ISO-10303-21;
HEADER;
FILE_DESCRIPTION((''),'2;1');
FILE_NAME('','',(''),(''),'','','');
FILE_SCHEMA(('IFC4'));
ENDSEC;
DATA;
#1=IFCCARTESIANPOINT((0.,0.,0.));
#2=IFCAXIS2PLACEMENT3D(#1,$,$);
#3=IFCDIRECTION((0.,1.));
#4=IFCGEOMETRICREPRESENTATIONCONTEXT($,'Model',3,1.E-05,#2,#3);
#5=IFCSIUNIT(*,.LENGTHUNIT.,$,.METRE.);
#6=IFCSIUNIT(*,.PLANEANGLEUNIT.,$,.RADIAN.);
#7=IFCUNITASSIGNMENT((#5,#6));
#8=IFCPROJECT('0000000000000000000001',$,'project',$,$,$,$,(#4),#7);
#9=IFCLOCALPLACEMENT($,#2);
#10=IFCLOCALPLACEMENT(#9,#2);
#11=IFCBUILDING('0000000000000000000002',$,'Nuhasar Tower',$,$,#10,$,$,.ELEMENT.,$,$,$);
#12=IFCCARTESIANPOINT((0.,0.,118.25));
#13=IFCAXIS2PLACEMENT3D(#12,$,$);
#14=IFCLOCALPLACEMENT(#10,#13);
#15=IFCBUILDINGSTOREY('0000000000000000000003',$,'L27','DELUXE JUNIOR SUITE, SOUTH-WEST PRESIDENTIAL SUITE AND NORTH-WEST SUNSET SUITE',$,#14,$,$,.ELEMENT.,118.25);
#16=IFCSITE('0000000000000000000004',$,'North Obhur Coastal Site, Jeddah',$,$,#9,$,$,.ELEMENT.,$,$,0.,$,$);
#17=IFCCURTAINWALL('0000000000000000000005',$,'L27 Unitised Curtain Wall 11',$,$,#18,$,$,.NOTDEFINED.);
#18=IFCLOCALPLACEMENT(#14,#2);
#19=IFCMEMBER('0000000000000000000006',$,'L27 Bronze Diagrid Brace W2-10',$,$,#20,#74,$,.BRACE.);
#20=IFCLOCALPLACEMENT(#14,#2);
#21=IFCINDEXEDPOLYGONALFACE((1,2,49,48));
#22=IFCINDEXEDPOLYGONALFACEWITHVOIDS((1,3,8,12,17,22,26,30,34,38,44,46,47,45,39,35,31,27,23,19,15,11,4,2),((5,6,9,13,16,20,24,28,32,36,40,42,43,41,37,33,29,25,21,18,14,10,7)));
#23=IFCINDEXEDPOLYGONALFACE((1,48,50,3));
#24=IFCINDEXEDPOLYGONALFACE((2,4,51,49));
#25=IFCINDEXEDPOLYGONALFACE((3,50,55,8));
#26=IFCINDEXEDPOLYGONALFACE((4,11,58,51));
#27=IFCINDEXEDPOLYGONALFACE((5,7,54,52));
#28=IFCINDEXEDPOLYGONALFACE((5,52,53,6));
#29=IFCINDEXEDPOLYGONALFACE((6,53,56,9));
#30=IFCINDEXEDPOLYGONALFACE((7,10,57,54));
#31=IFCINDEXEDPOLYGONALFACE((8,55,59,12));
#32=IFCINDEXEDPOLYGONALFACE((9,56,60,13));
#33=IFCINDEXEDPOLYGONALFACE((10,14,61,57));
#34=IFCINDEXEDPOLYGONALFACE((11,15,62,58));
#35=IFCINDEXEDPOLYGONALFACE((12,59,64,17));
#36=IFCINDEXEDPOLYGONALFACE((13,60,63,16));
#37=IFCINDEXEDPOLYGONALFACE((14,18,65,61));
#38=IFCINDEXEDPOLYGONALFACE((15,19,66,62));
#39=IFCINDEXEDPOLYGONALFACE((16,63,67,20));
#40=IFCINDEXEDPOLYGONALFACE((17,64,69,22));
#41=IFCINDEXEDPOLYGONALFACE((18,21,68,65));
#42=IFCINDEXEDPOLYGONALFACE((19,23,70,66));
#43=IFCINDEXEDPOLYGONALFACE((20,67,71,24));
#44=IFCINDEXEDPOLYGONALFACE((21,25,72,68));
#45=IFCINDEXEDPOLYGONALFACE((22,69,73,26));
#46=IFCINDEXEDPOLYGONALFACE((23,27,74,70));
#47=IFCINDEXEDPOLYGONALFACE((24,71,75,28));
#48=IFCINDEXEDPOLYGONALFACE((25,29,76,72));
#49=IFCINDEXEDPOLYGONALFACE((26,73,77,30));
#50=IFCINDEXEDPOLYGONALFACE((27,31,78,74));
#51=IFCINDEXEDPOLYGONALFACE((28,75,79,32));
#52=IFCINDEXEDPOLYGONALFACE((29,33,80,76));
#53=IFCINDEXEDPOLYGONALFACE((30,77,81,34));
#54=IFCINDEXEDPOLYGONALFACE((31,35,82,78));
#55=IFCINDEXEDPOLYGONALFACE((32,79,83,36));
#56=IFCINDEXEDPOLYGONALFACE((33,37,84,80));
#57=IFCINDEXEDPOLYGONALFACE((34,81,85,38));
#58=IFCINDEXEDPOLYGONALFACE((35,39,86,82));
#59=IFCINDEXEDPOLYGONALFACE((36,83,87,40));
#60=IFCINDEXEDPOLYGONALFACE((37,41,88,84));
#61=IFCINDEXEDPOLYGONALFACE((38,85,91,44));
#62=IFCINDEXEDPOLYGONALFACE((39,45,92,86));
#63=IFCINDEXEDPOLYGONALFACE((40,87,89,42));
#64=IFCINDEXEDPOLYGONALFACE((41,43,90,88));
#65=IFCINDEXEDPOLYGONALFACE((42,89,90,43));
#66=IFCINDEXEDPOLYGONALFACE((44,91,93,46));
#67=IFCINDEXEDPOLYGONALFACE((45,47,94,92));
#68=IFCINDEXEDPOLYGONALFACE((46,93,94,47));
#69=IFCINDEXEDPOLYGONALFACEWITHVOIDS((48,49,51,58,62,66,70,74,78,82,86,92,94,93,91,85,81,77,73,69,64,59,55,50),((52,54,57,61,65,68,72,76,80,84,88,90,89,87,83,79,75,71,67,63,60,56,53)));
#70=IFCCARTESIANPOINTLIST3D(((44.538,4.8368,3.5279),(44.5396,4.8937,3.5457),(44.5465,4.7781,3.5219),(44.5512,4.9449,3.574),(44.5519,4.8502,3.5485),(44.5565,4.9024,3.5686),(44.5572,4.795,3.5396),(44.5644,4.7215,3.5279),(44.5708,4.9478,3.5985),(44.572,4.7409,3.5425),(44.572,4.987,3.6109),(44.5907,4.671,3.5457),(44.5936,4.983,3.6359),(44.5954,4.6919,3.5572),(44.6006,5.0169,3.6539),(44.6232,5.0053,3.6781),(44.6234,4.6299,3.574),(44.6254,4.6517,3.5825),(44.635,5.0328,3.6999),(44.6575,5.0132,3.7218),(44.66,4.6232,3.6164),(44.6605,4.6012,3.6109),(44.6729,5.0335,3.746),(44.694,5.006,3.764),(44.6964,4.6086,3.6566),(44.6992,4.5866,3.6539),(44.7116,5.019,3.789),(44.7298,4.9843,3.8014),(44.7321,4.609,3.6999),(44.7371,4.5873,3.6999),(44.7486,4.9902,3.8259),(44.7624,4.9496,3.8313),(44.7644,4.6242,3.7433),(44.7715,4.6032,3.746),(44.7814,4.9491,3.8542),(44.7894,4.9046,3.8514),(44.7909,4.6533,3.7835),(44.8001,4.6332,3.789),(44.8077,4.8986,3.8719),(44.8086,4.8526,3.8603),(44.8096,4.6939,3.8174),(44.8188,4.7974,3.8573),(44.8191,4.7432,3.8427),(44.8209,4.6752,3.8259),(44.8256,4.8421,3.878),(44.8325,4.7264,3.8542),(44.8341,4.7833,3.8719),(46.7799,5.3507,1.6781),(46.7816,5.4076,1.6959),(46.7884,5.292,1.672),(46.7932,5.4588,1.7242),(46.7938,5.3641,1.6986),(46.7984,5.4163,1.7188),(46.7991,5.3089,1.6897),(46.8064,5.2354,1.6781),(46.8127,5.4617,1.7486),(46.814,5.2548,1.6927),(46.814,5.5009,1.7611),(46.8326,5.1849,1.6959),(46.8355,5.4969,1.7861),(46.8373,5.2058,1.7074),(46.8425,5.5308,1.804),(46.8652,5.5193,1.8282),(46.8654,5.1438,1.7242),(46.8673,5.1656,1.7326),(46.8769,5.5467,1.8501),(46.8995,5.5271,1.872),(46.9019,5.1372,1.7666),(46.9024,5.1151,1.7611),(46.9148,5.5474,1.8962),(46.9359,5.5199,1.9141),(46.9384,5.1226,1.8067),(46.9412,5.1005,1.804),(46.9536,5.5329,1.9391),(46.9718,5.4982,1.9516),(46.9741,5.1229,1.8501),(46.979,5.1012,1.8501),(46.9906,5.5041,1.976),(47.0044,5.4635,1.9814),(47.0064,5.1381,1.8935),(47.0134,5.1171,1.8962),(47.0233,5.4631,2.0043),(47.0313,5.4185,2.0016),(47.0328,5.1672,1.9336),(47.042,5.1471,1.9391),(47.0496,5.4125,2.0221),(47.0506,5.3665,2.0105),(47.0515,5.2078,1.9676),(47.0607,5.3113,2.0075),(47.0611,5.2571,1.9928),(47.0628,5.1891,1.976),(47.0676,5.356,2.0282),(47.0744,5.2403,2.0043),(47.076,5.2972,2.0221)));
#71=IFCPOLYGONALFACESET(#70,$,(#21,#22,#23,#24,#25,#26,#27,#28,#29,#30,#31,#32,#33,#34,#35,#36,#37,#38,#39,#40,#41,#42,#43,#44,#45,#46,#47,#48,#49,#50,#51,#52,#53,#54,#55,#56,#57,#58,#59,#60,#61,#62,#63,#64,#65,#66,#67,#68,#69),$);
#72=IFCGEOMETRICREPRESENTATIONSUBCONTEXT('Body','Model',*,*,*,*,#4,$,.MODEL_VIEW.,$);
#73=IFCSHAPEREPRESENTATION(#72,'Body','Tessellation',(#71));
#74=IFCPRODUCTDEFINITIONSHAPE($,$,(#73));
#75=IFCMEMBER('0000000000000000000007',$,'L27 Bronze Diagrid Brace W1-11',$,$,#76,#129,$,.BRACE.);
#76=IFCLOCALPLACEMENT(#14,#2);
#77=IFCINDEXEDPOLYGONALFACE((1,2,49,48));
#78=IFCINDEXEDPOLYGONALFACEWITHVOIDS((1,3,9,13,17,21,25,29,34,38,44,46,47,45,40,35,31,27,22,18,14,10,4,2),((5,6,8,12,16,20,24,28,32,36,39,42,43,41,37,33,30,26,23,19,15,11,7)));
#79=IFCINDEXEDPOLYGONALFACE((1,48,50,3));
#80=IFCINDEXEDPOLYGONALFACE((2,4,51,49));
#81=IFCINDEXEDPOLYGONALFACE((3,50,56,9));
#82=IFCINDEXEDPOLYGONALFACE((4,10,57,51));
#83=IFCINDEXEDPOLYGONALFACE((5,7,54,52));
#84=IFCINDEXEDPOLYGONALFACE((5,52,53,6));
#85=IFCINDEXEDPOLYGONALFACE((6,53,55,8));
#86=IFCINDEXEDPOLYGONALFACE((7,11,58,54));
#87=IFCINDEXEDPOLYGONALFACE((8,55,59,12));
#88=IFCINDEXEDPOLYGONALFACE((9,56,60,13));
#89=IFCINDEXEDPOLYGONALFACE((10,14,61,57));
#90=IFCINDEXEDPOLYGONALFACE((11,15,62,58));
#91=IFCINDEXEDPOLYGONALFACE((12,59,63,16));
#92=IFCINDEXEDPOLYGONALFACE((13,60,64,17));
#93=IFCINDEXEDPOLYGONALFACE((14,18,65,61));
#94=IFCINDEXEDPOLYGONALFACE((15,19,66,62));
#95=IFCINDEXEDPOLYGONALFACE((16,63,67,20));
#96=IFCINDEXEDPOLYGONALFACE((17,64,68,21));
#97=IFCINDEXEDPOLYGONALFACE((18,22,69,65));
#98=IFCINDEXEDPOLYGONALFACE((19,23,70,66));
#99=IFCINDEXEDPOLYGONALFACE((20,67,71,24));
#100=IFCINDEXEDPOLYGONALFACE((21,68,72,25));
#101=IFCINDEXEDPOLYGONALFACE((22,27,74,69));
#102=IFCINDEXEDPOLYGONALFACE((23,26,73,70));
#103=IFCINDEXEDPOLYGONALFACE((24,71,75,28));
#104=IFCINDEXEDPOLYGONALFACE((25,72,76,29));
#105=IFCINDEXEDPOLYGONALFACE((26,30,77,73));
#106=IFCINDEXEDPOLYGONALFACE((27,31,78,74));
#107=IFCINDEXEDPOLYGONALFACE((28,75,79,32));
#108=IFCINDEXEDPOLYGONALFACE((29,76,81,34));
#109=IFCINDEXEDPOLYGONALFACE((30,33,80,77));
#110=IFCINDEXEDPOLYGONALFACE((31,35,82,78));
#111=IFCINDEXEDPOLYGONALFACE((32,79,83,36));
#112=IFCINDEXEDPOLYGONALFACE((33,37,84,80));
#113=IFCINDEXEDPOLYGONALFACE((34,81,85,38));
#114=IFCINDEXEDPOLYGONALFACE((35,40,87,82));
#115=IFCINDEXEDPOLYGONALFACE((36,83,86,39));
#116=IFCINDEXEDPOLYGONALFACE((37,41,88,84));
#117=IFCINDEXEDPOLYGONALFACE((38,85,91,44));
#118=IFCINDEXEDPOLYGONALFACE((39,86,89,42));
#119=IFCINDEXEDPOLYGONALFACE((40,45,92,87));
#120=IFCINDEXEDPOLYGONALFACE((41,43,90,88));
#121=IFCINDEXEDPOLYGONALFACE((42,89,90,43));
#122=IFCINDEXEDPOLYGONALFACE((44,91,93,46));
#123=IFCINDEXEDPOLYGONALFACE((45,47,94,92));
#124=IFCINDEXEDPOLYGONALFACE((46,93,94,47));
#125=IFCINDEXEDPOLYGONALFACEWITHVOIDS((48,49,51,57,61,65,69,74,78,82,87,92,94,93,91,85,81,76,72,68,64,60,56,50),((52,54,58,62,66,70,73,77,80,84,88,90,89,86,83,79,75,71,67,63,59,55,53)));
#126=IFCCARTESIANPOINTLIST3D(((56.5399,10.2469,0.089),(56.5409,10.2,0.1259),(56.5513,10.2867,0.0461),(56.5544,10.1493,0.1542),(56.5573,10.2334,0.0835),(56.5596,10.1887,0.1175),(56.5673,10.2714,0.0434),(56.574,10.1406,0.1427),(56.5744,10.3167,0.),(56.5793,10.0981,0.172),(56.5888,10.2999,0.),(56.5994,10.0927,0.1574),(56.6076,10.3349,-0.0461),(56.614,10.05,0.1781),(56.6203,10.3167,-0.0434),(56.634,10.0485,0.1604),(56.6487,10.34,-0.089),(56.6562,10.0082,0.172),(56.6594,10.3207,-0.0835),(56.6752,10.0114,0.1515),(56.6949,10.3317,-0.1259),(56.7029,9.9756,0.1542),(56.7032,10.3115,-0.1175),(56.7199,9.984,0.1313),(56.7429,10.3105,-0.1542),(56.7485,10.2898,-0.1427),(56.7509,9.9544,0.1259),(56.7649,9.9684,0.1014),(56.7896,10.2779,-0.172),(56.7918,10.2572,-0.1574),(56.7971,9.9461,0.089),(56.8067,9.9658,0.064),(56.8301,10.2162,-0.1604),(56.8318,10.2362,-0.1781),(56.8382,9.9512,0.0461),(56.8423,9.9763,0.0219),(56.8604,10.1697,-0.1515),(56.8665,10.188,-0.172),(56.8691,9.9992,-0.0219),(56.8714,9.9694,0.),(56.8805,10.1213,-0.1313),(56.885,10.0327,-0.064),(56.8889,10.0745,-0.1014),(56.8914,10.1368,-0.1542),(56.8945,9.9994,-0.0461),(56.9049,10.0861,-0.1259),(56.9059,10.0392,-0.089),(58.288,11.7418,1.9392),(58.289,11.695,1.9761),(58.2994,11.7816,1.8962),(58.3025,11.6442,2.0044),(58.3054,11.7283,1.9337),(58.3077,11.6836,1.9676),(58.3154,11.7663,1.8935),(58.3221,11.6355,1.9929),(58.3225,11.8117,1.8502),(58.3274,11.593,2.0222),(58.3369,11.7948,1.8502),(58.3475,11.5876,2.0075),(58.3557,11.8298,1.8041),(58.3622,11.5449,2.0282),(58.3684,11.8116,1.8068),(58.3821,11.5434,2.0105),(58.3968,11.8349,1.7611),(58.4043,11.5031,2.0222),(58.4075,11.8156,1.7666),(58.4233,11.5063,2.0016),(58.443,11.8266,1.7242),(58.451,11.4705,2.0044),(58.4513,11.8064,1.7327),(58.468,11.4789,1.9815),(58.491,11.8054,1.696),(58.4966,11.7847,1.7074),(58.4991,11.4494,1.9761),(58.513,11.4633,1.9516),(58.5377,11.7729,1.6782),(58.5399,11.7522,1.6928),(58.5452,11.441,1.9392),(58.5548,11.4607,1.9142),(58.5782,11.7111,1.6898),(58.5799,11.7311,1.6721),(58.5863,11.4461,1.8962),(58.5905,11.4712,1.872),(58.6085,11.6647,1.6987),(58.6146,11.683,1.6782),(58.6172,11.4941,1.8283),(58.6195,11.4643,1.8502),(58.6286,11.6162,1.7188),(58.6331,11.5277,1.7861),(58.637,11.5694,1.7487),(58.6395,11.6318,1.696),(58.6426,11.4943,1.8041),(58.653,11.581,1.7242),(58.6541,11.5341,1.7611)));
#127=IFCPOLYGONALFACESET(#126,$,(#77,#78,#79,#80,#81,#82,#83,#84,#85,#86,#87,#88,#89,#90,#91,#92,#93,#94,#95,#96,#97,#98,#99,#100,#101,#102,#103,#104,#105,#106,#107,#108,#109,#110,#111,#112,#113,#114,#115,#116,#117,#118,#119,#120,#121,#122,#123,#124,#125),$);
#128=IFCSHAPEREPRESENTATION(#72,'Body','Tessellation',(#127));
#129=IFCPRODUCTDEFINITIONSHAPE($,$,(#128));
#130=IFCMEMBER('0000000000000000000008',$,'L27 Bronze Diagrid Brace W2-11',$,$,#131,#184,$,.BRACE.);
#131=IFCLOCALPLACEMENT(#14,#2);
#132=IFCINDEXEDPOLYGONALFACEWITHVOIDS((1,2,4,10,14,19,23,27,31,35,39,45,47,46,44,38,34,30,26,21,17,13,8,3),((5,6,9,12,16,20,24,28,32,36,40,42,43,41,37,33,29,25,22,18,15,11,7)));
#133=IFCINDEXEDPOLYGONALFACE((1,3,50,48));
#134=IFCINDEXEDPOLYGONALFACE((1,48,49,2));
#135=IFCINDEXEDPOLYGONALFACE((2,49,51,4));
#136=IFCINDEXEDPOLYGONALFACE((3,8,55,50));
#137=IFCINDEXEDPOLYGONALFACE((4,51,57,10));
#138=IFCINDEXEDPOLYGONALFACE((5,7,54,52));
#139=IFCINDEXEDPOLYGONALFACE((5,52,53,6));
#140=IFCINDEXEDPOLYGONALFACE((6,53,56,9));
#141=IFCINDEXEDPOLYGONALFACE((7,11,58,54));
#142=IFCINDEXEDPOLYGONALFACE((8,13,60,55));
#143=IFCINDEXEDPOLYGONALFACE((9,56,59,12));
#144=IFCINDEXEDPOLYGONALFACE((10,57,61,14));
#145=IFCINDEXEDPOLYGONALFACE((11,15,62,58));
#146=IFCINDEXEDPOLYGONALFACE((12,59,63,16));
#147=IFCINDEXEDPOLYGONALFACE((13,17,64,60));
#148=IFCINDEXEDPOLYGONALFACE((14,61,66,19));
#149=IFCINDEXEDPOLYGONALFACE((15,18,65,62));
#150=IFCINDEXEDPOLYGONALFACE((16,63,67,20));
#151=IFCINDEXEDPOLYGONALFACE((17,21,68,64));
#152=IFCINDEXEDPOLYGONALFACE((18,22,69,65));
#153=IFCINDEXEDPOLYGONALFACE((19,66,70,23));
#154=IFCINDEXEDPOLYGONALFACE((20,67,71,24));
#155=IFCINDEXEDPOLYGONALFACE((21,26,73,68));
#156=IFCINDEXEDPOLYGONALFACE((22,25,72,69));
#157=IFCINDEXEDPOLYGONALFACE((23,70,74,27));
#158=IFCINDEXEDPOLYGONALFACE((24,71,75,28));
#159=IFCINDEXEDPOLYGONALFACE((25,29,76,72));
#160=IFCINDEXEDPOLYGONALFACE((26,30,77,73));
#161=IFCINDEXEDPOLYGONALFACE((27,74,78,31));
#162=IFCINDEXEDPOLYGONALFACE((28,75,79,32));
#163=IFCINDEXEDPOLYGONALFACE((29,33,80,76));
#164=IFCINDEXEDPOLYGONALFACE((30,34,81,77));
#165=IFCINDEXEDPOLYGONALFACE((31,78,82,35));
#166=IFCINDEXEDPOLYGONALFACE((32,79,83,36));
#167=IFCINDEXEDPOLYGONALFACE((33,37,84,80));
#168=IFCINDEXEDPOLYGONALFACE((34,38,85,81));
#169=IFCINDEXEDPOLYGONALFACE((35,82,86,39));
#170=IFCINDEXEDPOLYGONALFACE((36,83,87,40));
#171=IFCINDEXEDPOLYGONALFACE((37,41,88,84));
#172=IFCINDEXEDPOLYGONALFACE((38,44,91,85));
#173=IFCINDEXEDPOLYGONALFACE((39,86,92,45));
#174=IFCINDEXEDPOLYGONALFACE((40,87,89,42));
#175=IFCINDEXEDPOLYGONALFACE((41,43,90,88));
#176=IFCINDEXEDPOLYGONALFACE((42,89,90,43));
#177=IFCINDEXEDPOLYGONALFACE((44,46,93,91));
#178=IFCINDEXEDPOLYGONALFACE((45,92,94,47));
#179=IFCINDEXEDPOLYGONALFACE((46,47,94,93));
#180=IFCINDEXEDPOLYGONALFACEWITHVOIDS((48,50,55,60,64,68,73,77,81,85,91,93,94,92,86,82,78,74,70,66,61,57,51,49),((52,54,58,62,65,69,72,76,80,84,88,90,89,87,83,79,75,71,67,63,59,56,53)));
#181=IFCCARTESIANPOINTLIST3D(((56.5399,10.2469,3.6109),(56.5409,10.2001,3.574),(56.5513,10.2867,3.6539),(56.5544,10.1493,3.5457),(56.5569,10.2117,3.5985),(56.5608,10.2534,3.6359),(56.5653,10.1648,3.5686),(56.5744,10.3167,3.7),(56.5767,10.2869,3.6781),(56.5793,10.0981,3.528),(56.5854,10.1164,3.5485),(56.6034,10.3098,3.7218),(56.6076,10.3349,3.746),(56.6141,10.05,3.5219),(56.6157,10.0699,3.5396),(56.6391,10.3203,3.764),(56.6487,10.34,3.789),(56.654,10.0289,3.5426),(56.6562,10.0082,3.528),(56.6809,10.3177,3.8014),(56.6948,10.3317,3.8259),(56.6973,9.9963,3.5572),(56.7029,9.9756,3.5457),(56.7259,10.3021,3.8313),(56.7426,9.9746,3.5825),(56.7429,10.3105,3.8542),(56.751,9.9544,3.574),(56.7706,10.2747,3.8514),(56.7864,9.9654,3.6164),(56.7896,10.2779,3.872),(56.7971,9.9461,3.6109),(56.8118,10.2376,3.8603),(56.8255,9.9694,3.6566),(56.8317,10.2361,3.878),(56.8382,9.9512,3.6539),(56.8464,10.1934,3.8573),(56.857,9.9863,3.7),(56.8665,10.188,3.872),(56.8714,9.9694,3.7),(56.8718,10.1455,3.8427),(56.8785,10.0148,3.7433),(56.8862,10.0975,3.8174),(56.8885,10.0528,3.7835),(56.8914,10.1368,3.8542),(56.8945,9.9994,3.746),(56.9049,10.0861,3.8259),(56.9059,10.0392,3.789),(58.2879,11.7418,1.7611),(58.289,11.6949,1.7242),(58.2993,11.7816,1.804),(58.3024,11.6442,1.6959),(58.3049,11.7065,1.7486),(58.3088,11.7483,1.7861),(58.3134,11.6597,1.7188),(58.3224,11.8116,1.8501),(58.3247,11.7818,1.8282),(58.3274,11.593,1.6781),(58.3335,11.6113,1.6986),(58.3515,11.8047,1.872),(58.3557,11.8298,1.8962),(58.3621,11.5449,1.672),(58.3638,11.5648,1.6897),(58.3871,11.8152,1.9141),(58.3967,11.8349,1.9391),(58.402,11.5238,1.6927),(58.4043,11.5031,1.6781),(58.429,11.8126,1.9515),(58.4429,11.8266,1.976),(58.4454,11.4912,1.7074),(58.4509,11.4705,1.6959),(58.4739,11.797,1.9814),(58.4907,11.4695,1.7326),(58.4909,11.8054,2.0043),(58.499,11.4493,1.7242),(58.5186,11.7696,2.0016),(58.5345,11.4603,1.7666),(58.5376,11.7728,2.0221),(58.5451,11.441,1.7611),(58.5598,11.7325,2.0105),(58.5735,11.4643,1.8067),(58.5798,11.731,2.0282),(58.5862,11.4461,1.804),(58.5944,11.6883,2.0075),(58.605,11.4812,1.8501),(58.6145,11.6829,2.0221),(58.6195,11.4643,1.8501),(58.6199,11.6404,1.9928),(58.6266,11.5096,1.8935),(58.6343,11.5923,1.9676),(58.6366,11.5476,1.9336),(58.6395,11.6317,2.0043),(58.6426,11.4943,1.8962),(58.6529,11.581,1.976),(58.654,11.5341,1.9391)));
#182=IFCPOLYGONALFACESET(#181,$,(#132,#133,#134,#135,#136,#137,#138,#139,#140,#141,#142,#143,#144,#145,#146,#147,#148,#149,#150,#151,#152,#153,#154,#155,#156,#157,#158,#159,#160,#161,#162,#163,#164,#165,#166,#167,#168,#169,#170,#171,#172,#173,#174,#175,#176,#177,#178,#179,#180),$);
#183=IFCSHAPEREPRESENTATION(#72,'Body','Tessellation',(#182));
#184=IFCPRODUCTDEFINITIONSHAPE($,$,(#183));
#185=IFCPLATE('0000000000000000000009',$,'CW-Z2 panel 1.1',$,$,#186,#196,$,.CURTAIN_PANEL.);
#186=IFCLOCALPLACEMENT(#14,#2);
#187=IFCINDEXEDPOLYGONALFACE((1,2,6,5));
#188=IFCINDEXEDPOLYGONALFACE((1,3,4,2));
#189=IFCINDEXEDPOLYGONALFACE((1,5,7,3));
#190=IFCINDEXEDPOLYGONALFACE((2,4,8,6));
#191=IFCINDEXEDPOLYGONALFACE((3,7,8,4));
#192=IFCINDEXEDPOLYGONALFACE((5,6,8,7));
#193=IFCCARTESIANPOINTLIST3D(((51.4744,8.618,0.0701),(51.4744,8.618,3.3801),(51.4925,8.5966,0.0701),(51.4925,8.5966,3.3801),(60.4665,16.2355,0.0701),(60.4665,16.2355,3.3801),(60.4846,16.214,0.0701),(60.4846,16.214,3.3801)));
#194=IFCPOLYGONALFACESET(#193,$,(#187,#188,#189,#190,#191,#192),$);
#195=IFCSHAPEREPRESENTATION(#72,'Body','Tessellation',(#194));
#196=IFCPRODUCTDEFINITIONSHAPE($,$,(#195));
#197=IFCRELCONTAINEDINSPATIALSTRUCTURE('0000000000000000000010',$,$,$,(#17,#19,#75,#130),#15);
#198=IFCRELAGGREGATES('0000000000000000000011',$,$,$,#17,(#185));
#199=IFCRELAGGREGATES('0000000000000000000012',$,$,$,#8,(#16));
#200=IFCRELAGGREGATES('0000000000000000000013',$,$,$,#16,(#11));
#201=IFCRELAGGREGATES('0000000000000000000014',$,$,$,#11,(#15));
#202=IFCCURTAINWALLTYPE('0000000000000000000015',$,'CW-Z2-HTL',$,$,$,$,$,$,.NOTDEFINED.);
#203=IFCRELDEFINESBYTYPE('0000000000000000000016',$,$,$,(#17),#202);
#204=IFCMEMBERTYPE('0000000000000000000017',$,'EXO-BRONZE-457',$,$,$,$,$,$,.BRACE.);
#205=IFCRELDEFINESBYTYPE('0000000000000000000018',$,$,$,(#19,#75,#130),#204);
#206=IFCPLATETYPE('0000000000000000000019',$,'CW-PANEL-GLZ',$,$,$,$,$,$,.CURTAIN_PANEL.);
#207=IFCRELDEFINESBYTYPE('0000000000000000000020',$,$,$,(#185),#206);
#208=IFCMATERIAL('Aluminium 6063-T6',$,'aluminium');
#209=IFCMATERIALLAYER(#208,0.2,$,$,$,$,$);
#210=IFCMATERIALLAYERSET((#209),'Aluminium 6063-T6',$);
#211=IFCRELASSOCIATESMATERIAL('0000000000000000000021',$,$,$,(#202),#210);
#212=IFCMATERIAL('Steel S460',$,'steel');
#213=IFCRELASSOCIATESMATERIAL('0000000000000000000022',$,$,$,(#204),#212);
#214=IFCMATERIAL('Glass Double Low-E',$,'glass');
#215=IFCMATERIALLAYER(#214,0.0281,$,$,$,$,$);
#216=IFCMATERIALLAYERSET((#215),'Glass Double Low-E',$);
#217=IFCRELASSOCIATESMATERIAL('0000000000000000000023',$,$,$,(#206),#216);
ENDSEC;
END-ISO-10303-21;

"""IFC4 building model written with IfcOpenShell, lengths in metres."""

from ifc_helpers import new_model, si_unit, direction, frame, origin, origin_2d, place, context, subcontext, project, spatial, rectangle, hollow_circle, extrude, material, layer, layer_set, material_profile, profile_set, type_object, element, aggregate, save


model = new_model("IFC4")

# Units and contexts
model_context = context("Model", 3, precision=1e-05, world=origin(), true_north=direction((0.0, 1.0)))
body_context = subcontext(model_context, "Body", "Model", "MODEL_VIEW")
ifc_project = project(units=[si_unit("LENGTHUNIT", "METRE"), si_unit("PLANEANGLEUNIT", "RADIAN")], contexts=[model_context])

# Site, building, storey
site_placement = place(None, origin())
site = spatial("IfcSite", under=ifc_project, at=site_placement, Name="North Obhur Coastal Site, Jeddah", CompositionType="ELEMENT", RefElevation=0.0)
building_placement = place(site_placement, origin())
building = spatial("IfcBuilding", under=site, at=building_placement, Name="Nuhasar Tower", CompositionType="ELEMENT")
storey_placement = place(building_placement, frame((0.0, 0.0, 118.25)))
storey = spatial("IfcBuildingStorey", under=building, at=storey_placement, Name="L27", Description="DELUXE JUNIOR SUITE, SOUTH-WEST PRESIDENTIAL SUITE AND NORTH-WEST SUNSET SUITE", CompositionType="ELEMENT", Elevation=118.25)

# Shared definitions
ifc_material_1 = material(Name="Aluminium 6063-T6", Category="aluminium")
ifc_layer_1 = layer(ifc_material_1, 0.2)
ifc_layer_set_1 = layer_set([ifc_layer_1], Name="Aluminium 6063-T6")
curtain_wall_type = type_object("IfcCurtainWallType", Name="CW-Z2-HTL", PredefinedType="NOTDEFINED", material=ifc_layer_set_1)

# Curtain wall
curtain_wall_1_placement = place(storey_placement, origin())
curtain_wall_1 = element("IfcCurtainWall", 1, at=curtain_wall_1_placement, inside=storey, type_object=curtain_wall_type, Name="L27 Unitised Curtain Wall 11", PredefinedType="NOTDEFINED")

# Members
ifc_material_2 = material(Name="Steel S460", Category="steel")
ifc_material_profile_1 = material_profile(ifc_material_2, hollow_circle(Radius=0.2285, WallThickness=0.0222, at=origin_2d()), Name="HSS457X22.2")
ifc_profile_set_1 = profile_set([ifc_material_profile_1], Name="Steel S460")
member_type_1 = type_object("IfcMemberType", Name="EXO-BRONZE-457", PredefinedType="BRACE", material=ifc_profile_set_1)
member_1_placement = place(storey_placement, frame((46.928, 5.324, 1.8501), z_axis=(-0.75955, -0.17411, 0.626713), x_axis=(0.223433, -0.974719, 0.0)))
element("IfcMember", 2, at=member_1_placement, inside=storey, type_object=member_type_1, Name="L27 Bronze Diagrid Brace W2-10", PredefinedType="BRACE", context=body_context, shape_type="SweptSolid", body=[
    extrude(hollow_circle(Radius=0.2285, WallThickness=0.0222, at=origin_2d()), origin(), (0.0, 0.0, 1.0), 2.9517),
])
member_2_placement = place(storey_placement, frame((56.7229, 10.1431, 0.0), z_axis=(0.592195, 0.506426, 0.626767), x_axis=(-0.649926, 0.759998, 0.0)))
element("IfcMember", 3, at=member_2_placement, inside=storey, type_object=member_type_1, Name="L27 Bronze Diagrid Brace W1-11", PredefinedType="BRACE", context=body_context, shape_type="SweptSolid", body=[
    extrude(hollow_circle(Radius=0.2285, WallThickness=0.0222, at=origin_2d()), origin(), (0.0, 0.0, 1.0), 2.9519),
])
member_3_placement = place(storey_placement, frame((58.4709, 11.6379, 1.8501), z_axis=(-0.592226, -0.506452, 0.626717), x_axis=(0.649926, -0.759998, 0.0)))
element("IfcMember", 4, at=member_3_placement, inside=storey, type_object=member_type_1, Name="L27 Bronze Diagrid Brace W2-11", PredefinedType="BRACE", context=body_context, shape_type="SweptSolid", body=[
    extrude(hollow_circle(Radius=0.2285, WallThickness=0.0222, at=origin_2d()), origin(), (0.0, 0.0, 1.0), 2.9517),
])

# Plate
ifc_material_3 = material(Name="Glass Double Low-E", Category="glass")
ifc_layer_2 = layer(ifc_material_3, 0.0281)
ifc_layer_set_2 = layer_set([ifc_layer_2], Name="Glass Double Low-E")
plate_type = type_object("IfcPlateType", Name="CW-PANEL-GLZ", PredefinedType="CURTAIN_PANEL", material=ifc_layer_set_2)
plate_placement = place(storey_placement, frame((55.9795, 12.416, 0.0701), z_axis=(0.0, 0.0, 1.0), x_axis=(0.76302, 0.646374, 0.0)))
plate = element("IfcPlate", 5, at=plate_placement, type_object=plate_type, Name="CW-Z2 panel 1.1", PredefinedType="CURTAIN_PANEL", context=body_context, shape_type="SweptSolid", body=[
    extrude(rectangle(XDim=11.7849, YDim=0.0281, at=origin_2d()), origin(), (0.0, 0.0, 1.0), 3.3101),
])
aggregate(curtain_wall_1, [plate])

save(model, "model.ifc")
